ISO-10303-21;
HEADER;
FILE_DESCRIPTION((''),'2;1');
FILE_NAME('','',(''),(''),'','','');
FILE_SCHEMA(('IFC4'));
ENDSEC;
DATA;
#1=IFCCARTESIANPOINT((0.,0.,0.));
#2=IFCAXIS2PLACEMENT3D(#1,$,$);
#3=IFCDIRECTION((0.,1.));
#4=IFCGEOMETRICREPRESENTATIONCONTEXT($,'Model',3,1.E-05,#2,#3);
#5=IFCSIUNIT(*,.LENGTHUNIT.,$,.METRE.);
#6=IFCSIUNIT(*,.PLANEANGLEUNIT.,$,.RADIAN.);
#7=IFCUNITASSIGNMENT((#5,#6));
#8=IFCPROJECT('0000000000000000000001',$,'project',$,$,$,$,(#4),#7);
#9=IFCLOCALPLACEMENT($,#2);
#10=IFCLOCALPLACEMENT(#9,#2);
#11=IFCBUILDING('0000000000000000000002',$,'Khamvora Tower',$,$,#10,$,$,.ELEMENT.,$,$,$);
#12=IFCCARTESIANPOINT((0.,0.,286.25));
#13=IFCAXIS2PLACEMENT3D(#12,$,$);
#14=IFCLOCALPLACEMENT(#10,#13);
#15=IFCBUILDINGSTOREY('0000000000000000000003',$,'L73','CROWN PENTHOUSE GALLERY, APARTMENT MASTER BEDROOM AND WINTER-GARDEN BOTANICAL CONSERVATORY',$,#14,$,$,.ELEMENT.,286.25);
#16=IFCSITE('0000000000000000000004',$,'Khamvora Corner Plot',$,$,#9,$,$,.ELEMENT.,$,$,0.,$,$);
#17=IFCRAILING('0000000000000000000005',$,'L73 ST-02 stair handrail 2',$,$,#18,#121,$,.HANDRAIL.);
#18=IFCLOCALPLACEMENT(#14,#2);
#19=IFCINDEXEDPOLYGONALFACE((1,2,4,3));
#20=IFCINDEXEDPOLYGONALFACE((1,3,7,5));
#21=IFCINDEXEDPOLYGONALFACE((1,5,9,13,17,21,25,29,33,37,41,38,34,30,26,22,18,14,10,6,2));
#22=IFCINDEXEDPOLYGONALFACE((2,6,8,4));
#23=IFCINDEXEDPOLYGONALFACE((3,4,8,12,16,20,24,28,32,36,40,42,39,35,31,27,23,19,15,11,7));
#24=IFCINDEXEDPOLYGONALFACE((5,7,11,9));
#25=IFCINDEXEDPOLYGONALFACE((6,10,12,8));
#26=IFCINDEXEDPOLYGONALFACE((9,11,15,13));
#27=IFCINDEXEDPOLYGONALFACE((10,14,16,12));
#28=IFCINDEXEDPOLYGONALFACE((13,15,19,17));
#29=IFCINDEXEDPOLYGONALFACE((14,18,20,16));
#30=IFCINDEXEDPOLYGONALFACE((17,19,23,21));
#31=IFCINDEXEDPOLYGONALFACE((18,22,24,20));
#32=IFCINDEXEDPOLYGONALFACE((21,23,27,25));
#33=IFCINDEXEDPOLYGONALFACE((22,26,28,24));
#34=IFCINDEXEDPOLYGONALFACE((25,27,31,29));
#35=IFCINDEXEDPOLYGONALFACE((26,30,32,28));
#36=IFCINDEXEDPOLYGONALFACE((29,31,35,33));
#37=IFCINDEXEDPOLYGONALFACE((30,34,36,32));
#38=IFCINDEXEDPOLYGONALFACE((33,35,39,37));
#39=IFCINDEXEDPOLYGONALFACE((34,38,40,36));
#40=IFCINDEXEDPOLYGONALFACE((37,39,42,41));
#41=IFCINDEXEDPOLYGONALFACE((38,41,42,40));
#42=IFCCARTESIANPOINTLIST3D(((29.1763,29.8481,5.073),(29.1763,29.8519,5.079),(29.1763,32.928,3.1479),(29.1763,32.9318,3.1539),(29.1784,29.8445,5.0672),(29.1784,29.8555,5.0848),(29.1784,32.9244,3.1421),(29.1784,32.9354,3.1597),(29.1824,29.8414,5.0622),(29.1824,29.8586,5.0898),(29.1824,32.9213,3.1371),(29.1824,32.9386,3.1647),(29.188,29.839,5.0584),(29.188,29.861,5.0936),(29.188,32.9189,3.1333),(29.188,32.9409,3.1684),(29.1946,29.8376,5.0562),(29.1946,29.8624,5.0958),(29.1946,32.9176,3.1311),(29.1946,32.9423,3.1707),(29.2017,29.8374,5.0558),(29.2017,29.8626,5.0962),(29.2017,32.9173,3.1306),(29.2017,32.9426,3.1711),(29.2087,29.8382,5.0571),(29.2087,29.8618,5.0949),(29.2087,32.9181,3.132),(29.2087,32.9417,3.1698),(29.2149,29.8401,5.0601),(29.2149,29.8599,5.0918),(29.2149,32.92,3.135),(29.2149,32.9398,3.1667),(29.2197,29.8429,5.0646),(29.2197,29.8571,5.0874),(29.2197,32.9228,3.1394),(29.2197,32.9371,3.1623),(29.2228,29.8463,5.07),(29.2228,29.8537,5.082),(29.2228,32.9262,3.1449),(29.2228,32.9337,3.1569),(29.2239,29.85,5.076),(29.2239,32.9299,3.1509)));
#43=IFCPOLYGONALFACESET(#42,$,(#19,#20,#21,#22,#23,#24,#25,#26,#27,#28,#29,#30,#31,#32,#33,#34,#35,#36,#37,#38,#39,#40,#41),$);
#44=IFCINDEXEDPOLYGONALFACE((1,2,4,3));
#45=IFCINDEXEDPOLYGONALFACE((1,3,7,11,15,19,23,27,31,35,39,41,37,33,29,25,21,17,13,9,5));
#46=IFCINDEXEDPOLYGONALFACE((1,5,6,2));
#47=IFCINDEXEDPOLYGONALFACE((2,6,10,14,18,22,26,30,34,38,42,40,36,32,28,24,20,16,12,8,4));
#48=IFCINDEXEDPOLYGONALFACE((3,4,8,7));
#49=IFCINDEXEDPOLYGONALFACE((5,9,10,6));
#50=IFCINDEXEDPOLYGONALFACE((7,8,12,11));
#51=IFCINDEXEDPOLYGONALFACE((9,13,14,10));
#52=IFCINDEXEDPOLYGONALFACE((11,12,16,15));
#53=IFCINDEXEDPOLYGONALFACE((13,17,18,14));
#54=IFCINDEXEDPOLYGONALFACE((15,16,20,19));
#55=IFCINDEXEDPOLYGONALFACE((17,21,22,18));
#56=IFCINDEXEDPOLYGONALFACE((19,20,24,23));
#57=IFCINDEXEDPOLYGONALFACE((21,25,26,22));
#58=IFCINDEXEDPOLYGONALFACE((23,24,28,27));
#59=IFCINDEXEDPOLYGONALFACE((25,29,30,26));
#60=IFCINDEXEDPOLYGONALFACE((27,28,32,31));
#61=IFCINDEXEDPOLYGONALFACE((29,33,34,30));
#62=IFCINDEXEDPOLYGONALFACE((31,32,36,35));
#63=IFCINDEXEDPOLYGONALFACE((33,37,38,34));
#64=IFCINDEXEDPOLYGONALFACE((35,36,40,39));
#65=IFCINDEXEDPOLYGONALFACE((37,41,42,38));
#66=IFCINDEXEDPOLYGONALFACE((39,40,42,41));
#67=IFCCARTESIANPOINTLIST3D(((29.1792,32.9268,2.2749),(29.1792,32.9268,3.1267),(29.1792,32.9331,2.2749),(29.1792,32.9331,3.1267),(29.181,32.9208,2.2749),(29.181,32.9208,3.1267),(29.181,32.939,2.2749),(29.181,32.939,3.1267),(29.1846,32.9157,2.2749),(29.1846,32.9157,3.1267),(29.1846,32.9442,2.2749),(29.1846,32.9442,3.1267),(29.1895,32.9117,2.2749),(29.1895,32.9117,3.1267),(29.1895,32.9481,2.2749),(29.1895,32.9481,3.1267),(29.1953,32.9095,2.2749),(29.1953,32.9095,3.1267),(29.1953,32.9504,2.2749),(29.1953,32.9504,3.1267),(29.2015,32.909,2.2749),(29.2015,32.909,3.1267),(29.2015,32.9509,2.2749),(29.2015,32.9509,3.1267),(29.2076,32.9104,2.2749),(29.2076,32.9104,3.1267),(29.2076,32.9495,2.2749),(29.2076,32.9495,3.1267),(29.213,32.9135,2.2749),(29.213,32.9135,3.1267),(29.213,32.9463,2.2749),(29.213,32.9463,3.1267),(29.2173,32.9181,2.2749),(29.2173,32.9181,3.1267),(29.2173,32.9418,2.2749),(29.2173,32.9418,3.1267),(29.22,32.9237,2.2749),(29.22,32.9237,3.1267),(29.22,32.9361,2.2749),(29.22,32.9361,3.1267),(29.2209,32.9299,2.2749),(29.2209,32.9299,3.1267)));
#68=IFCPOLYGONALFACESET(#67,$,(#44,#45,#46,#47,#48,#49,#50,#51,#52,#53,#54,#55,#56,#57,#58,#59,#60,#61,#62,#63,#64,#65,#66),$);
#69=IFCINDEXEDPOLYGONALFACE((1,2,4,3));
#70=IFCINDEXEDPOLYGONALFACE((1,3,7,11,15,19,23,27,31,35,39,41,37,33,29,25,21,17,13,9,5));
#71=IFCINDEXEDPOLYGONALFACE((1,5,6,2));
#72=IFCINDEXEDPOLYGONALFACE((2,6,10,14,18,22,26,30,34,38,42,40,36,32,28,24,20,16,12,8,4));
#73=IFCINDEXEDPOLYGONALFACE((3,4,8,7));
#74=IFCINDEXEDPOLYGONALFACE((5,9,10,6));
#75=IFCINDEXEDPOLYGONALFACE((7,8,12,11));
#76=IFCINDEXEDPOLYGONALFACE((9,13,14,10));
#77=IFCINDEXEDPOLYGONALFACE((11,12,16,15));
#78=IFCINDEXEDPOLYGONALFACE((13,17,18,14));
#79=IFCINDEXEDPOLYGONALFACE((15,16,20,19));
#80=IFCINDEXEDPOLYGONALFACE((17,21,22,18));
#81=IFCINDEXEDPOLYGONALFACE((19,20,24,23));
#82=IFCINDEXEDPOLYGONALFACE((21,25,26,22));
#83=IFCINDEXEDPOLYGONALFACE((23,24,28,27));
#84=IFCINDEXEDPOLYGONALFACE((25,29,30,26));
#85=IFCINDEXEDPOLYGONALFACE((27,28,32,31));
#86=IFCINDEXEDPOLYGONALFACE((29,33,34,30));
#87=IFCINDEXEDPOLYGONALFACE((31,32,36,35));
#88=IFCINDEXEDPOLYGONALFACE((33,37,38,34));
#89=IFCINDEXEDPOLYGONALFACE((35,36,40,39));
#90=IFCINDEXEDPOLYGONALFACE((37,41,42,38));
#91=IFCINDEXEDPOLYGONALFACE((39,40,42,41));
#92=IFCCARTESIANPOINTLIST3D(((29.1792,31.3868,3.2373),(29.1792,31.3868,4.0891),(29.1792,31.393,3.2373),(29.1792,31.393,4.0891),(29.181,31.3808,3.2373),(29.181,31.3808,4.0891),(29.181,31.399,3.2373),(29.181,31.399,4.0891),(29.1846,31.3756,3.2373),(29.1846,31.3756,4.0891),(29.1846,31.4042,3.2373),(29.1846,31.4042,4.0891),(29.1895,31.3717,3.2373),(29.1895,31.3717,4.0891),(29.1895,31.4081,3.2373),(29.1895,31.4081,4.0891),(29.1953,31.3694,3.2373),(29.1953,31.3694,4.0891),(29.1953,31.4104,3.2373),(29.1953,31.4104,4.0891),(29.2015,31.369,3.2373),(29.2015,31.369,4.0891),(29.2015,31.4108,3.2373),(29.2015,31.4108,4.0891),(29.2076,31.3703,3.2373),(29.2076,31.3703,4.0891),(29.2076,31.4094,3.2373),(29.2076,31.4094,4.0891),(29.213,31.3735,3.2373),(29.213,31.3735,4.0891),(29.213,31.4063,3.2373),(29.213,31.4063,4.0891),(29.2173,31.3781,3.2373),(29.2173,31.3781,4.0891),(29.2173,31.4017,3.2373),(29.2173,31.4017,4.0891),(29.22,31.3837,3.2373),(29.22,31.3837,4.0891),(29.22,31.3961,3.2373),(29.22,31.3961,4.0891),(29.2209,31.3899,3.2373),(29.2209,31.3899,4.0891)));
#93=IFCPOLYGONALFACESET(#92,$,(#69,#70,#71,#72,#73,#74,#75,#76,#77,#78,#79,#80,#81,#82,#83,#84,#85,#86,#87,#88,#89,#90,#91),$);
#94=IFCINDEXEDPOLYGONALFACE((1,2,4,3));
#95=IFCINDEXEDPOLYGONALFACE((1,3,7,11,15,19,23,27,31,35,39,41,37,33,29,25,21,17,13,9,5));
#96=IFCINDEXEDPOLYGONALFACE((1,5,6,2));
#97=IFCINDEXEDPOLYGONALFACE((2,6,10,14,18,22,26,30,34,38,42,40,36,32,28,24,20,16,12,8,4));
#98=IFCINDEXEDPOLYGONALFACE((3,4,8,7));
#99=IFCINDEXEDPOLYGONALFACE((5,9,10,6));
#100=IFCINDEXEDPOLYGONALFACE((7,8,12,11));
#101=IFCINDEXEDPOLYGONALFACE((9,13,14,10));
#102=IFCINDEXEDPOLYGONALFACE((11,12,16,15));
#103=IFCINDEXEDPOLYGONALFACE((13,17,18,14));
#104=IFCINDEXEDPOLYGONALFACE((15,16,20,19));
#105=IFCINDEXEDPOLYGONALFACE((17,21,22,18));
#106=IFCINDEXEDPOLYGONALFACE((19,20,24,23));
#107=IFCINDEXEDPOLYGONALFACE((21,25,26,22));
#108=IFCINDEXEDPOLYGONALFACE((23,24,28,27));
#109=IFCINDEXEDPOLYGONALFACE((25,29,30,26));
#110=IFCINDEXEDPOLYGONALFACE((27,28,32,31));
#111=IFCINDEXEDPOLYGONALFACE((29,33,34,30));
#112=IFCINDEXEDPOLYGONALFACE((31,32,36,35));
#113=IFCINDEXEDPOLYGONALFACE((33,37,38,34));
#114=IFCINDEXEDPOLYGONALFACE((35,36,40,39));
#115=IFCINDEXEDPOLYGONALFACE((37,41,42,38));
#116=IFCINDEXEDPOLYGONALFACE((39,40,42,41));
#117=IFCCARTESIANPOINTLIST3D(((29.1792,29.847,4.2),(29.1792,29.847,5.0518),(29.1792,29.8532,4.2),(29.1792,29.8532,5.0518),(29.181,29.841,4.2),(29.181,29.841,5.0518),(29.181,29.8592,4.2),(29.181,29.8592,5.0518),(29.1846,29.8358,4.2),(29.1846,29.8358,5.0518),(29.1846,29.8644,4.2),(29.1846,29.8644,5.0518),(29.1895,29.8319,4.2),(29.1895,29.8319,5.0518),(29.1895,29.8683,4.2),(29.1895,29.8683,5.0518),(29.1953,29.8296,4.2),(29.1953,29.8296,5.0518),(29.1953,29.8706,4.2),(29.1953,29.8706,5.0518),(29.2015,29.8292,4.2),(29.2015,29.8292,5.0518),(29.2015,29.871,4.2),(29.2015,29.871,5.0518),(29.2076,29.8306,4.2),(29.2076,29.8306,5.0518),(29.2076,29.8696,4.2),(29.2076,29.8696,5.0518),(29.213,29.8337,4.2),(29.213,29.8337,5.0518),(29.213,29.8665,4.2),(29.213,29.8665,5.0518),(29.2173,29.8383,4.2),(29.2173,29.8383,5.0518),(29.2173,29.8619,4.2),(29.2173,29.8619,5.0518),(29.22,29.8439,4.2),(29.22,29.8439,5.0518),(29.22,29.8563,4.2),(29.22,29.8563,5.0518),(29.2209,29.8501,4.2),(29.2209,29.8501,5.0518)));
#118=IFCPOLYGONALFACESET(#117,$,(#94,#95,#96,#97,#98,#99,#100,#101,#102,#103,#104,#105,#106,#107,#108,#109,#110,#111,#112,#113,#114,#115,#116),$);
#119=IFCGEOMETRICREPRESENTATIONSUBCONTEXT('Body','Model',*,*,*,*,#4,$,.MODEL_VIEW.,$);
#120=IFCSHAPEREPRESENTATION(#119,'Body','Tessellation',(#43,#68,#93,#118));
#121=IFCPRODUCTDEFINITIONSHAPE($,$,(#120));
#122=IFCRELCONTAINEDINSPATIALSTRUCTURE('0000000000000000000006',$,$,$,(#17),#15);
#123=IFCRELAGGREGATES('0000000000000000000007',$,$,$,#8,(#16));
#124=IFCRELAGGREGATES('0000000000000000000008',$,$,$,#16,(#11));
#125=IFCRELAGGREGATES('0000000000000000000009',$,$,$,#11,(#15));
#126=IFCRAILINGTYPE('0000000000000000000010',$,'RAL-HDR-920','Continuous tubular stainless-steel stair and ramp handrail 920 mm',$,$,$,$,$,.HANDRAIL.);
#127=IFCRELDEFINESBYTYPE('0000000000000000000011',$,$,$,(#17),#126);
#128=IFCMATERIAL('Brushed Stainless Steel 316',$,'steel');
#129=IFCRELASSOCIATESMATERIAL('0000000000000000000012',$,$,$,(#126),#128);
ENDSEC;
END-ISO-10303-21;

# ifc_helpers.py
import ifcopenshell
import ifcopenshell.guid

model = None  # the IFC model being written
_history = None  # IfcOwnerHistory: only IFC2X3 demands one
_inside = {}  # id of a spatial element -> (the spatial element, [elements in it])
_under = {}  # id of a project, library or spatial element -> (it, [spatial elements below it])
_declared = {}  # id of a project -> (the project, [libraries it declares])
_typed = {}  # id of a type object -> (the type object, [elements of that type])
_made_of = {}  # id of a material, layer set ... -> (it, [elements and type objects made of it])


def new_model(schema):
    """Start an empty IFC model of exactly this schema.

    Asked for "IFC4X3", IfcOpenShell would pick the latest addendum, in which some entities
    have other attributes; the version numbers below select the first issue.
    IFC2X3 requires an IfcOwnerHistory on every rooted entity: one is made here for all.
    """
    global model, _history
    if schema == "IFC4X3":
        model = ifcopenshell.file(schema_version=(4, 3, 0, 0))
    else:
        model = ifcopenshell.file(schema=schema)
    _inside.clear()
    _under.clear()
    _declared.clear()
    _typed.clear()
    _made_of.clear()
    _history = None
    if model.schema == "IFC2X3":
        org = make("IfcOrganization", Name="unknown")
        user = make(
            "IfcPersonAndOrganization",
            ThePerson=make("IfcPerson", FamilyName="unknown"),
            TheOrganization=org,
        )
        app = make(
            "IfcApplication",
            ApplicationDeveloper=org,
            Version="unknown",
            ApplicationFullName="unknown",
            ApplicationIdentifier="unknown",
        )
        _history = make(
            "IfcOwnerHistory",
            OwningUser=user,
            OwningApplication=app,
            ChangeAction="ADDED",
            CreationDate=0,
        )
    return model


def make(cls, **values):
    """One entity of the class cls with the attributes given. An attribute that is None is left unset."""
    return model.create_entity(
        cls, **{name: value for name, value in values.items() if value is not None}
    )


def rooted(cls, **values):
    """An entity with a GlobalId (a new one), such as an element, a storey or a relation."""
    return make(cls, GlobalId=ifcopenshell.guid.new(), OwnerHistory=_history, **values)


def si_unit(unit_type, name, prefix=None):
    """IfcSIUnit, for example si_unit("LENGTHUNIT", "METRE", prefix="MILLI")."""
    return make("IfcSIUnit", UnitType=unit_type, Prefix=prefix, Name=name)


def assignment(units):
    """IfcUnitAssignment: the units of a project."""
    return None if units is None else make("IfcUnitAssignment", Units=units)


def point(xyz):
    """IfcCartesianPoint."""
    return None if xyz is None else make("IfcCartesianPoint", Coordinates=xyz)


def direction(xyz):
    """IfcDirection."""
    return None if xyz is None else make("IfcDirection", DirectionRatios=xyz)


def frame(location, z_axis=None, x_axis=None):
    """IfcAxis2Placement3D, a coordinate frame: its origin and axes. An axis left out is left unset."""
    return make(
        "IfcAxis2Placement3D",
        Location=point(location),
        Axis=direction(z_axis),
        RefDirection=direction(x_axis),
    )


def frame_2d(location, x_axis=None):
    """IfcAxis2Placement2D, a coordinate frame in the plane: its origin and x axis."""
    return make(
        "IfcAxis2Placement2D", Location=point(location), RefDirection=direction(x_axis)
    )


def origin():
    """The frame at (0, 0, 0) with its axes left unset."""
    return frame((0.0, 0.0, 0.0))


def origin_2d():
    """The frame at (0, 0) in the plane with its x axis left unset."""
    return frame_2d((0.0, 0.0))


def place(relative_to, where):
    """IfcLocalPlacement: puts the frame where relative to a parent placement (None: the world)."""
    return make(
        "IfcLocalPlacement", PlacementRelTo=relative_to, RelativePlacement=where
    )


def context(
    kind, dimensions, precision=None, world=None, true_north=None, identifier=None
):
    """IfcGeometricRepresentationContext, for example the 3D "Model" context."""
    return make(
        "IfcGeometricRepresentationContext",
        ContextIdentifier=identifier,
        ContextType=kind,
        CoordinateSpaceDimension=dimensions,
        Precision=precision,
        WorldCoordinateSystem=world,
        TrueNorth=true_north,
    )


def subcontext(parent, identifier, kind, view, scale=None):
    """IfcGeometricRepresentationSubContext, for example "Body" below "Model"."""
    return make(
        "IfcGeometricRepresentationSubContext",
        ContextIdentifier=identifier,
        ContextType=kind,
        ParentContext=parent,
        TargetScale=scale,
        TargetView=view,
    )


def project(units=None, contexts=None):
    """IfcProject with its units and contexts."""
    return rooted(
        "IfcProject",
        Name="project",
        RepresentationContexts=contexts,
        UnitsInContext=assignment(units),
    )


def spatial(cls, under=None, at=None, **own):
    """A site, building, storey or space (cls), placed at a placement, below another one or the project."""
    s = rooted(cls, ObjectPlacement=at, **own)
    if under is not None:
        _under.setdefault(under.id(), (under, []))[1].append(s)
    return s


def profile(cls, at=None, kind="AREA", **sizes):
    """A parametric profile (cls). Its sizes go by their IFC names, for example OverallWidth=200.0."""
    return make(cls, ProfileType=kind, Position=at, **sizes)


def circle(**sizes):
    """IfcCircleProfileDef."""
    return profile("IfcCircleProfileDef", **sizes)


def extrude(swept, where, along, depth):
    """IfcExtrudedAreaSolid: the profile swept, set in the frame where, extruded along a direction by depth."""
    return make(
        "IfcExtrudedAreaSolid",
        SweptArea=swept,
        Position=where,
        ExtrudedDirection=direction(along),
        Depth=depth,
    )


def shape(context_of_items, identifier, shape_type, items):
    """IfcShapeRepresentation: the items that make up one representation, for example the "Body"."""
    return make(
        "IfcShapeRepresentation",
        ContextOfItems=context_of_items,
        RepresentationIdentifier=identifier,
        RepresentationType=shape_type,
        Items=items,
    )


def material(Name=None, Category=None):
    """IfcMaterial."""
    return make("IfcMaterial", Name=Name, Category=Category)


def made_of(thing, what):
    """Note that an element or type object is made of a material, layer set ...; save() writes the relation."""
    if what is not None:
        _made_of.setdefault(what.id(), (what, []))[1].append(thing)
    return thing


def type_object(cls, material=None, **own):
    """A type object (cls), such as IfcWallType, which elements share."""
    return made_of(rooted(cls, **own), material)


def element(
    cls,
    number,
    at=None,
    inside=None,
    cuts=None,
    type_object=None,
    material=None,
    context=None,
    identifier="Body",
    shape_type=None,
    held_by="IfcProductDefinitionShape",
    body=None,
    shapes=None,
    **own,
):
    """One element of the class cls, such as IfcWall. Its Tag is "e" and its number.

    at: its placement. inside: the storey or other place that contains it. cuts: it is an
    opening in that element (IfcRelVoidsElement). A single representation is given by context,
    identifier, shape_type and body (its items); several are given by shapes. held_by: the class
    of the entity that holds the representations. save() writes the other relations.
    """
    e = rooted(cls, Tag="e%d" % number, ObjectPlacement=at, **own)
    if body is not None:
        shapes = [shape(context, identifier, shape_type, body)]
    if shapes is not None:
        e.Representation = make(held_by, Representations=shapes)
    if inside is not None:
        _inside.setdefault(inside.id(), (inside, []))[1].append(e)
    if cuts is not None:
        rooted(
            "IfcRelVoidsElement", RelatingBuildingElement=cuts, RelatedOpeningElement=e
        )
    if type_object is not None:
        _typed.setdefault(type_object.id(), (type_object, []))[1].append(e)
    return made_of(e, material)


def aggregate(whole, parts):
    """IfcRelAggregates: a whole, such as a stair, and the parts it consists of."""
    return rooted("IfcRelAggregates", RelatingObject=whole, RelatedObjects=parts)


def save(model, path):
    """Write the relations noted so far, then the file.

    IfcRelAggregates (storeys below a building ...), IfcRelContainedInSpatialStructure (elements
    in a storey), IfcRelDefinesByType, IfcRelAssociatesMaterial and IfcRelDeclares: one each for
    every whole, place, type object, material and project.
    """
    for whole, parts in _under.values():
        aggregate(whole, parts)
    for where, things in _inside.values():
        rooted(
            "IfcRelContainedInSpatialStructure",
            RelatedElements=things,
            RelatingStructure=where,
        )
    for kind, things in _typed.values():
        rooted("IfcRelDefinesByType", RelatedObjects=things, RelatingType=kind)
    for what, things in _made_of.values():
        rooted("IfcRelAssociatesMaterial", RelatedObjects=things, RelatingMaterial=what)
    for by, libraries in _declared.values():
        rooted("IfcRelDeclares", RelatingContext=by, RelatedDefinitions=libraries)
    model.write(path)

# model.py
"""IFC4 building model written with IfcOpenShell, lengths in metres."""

from ifc_helpers import new_model, si_unit, direction, frame, origin, origin_2d, place, context, subcontext, project, spatial, circle, extrude, material, type_object, element, save


model = new_model("IFC4")

# Units and contexts
model_context = context("Model", 3, precision=1e-05, world=origin(), true_north=direction((0.0, 1.0)))
body_context = subcontext(model_context, "Body", "Model", "MODEL_VIEW")
ifc_project = project(units=[si_unit("LENGTHUNIT", "METRE"), si_unit("PLANEANGLEUNIT", "RADIAN")], contexts=[model_context])

# Site, building, storey
site_placement = place(None, origin())
site = spatial("IfcSite", under=ifc_project, at=site_placement, Name="Khamvora Corner Plot", CompositionType="ELEMENT", RefElevation=0.0)
building_placement = place(site_placement, origin())
building = spatial("IfcBuilding", under=site, at=building_placement, Name="Khamvora Tower", CompositionType="ELEMENT")
storey_placement = place(building_placement, frame((0.0, 0.0, 286.25)))
storey = spatial("IfcBuildingStorey", under=building, at=storey_placement, Name="L73", Description="CROWN PENTHOUSE GALLERY, APARTMENT MASTER BEDROOM AND WINTER-GARDEN BOTANICAL CONSERVATORY", CompositionType="ELEMENT", Elevation=286.25)

# Railing
ifc_material_1 = material(Name="Brushed Stainless Steel 316", Category="steel")
railing_type_1 = type_object("IfcRailingType", Name="RAL-HDR-920", Description="Continuous tubular stainless-steel stair and ramp handrail 920 mm", PredefinedType="HANDRAIL", material=ifc_material_1)
railing_1_placement = place(storey_placement, frame((29.2, 32.9299, 2.2749)))
element("IfcRailing", 1, at=railing_1_placement, inside=storey, type_object=railing_type_1, Name="L73 ST-02 stair handrail 2", PredefinedType="HANDRAIL", context=body_context, shape_type="SweptSolid", body=[
    extrude(circle(Radius=0.0239, at=origin_2d()), frame((0.0, 0.0, 0.876), z_axis=(0.0, -0.847979, 0.530029), x_axis=(1.0, 0.0, 0.0)), (0.0, 0.0, 1.0), 3.6321),
    extrude(circle(Radius=0.021, at=origin_2d()), origin(), (0.0, 0.0, 1.0), 0.8518),
    extrude(circle(Radius=0.021, at=origin_2d()), frame((0.0, -1.54, 0.9624)), (0.0, 0.0, 1.0), 0.8518),
    extrude(circle(Radius=0.021, at=origin_2d()), frame((0.0, -3.0798, 1.925)), (0.0, 0.0, 1.0), 0.8518),
])

save(model, "model.ifc")
